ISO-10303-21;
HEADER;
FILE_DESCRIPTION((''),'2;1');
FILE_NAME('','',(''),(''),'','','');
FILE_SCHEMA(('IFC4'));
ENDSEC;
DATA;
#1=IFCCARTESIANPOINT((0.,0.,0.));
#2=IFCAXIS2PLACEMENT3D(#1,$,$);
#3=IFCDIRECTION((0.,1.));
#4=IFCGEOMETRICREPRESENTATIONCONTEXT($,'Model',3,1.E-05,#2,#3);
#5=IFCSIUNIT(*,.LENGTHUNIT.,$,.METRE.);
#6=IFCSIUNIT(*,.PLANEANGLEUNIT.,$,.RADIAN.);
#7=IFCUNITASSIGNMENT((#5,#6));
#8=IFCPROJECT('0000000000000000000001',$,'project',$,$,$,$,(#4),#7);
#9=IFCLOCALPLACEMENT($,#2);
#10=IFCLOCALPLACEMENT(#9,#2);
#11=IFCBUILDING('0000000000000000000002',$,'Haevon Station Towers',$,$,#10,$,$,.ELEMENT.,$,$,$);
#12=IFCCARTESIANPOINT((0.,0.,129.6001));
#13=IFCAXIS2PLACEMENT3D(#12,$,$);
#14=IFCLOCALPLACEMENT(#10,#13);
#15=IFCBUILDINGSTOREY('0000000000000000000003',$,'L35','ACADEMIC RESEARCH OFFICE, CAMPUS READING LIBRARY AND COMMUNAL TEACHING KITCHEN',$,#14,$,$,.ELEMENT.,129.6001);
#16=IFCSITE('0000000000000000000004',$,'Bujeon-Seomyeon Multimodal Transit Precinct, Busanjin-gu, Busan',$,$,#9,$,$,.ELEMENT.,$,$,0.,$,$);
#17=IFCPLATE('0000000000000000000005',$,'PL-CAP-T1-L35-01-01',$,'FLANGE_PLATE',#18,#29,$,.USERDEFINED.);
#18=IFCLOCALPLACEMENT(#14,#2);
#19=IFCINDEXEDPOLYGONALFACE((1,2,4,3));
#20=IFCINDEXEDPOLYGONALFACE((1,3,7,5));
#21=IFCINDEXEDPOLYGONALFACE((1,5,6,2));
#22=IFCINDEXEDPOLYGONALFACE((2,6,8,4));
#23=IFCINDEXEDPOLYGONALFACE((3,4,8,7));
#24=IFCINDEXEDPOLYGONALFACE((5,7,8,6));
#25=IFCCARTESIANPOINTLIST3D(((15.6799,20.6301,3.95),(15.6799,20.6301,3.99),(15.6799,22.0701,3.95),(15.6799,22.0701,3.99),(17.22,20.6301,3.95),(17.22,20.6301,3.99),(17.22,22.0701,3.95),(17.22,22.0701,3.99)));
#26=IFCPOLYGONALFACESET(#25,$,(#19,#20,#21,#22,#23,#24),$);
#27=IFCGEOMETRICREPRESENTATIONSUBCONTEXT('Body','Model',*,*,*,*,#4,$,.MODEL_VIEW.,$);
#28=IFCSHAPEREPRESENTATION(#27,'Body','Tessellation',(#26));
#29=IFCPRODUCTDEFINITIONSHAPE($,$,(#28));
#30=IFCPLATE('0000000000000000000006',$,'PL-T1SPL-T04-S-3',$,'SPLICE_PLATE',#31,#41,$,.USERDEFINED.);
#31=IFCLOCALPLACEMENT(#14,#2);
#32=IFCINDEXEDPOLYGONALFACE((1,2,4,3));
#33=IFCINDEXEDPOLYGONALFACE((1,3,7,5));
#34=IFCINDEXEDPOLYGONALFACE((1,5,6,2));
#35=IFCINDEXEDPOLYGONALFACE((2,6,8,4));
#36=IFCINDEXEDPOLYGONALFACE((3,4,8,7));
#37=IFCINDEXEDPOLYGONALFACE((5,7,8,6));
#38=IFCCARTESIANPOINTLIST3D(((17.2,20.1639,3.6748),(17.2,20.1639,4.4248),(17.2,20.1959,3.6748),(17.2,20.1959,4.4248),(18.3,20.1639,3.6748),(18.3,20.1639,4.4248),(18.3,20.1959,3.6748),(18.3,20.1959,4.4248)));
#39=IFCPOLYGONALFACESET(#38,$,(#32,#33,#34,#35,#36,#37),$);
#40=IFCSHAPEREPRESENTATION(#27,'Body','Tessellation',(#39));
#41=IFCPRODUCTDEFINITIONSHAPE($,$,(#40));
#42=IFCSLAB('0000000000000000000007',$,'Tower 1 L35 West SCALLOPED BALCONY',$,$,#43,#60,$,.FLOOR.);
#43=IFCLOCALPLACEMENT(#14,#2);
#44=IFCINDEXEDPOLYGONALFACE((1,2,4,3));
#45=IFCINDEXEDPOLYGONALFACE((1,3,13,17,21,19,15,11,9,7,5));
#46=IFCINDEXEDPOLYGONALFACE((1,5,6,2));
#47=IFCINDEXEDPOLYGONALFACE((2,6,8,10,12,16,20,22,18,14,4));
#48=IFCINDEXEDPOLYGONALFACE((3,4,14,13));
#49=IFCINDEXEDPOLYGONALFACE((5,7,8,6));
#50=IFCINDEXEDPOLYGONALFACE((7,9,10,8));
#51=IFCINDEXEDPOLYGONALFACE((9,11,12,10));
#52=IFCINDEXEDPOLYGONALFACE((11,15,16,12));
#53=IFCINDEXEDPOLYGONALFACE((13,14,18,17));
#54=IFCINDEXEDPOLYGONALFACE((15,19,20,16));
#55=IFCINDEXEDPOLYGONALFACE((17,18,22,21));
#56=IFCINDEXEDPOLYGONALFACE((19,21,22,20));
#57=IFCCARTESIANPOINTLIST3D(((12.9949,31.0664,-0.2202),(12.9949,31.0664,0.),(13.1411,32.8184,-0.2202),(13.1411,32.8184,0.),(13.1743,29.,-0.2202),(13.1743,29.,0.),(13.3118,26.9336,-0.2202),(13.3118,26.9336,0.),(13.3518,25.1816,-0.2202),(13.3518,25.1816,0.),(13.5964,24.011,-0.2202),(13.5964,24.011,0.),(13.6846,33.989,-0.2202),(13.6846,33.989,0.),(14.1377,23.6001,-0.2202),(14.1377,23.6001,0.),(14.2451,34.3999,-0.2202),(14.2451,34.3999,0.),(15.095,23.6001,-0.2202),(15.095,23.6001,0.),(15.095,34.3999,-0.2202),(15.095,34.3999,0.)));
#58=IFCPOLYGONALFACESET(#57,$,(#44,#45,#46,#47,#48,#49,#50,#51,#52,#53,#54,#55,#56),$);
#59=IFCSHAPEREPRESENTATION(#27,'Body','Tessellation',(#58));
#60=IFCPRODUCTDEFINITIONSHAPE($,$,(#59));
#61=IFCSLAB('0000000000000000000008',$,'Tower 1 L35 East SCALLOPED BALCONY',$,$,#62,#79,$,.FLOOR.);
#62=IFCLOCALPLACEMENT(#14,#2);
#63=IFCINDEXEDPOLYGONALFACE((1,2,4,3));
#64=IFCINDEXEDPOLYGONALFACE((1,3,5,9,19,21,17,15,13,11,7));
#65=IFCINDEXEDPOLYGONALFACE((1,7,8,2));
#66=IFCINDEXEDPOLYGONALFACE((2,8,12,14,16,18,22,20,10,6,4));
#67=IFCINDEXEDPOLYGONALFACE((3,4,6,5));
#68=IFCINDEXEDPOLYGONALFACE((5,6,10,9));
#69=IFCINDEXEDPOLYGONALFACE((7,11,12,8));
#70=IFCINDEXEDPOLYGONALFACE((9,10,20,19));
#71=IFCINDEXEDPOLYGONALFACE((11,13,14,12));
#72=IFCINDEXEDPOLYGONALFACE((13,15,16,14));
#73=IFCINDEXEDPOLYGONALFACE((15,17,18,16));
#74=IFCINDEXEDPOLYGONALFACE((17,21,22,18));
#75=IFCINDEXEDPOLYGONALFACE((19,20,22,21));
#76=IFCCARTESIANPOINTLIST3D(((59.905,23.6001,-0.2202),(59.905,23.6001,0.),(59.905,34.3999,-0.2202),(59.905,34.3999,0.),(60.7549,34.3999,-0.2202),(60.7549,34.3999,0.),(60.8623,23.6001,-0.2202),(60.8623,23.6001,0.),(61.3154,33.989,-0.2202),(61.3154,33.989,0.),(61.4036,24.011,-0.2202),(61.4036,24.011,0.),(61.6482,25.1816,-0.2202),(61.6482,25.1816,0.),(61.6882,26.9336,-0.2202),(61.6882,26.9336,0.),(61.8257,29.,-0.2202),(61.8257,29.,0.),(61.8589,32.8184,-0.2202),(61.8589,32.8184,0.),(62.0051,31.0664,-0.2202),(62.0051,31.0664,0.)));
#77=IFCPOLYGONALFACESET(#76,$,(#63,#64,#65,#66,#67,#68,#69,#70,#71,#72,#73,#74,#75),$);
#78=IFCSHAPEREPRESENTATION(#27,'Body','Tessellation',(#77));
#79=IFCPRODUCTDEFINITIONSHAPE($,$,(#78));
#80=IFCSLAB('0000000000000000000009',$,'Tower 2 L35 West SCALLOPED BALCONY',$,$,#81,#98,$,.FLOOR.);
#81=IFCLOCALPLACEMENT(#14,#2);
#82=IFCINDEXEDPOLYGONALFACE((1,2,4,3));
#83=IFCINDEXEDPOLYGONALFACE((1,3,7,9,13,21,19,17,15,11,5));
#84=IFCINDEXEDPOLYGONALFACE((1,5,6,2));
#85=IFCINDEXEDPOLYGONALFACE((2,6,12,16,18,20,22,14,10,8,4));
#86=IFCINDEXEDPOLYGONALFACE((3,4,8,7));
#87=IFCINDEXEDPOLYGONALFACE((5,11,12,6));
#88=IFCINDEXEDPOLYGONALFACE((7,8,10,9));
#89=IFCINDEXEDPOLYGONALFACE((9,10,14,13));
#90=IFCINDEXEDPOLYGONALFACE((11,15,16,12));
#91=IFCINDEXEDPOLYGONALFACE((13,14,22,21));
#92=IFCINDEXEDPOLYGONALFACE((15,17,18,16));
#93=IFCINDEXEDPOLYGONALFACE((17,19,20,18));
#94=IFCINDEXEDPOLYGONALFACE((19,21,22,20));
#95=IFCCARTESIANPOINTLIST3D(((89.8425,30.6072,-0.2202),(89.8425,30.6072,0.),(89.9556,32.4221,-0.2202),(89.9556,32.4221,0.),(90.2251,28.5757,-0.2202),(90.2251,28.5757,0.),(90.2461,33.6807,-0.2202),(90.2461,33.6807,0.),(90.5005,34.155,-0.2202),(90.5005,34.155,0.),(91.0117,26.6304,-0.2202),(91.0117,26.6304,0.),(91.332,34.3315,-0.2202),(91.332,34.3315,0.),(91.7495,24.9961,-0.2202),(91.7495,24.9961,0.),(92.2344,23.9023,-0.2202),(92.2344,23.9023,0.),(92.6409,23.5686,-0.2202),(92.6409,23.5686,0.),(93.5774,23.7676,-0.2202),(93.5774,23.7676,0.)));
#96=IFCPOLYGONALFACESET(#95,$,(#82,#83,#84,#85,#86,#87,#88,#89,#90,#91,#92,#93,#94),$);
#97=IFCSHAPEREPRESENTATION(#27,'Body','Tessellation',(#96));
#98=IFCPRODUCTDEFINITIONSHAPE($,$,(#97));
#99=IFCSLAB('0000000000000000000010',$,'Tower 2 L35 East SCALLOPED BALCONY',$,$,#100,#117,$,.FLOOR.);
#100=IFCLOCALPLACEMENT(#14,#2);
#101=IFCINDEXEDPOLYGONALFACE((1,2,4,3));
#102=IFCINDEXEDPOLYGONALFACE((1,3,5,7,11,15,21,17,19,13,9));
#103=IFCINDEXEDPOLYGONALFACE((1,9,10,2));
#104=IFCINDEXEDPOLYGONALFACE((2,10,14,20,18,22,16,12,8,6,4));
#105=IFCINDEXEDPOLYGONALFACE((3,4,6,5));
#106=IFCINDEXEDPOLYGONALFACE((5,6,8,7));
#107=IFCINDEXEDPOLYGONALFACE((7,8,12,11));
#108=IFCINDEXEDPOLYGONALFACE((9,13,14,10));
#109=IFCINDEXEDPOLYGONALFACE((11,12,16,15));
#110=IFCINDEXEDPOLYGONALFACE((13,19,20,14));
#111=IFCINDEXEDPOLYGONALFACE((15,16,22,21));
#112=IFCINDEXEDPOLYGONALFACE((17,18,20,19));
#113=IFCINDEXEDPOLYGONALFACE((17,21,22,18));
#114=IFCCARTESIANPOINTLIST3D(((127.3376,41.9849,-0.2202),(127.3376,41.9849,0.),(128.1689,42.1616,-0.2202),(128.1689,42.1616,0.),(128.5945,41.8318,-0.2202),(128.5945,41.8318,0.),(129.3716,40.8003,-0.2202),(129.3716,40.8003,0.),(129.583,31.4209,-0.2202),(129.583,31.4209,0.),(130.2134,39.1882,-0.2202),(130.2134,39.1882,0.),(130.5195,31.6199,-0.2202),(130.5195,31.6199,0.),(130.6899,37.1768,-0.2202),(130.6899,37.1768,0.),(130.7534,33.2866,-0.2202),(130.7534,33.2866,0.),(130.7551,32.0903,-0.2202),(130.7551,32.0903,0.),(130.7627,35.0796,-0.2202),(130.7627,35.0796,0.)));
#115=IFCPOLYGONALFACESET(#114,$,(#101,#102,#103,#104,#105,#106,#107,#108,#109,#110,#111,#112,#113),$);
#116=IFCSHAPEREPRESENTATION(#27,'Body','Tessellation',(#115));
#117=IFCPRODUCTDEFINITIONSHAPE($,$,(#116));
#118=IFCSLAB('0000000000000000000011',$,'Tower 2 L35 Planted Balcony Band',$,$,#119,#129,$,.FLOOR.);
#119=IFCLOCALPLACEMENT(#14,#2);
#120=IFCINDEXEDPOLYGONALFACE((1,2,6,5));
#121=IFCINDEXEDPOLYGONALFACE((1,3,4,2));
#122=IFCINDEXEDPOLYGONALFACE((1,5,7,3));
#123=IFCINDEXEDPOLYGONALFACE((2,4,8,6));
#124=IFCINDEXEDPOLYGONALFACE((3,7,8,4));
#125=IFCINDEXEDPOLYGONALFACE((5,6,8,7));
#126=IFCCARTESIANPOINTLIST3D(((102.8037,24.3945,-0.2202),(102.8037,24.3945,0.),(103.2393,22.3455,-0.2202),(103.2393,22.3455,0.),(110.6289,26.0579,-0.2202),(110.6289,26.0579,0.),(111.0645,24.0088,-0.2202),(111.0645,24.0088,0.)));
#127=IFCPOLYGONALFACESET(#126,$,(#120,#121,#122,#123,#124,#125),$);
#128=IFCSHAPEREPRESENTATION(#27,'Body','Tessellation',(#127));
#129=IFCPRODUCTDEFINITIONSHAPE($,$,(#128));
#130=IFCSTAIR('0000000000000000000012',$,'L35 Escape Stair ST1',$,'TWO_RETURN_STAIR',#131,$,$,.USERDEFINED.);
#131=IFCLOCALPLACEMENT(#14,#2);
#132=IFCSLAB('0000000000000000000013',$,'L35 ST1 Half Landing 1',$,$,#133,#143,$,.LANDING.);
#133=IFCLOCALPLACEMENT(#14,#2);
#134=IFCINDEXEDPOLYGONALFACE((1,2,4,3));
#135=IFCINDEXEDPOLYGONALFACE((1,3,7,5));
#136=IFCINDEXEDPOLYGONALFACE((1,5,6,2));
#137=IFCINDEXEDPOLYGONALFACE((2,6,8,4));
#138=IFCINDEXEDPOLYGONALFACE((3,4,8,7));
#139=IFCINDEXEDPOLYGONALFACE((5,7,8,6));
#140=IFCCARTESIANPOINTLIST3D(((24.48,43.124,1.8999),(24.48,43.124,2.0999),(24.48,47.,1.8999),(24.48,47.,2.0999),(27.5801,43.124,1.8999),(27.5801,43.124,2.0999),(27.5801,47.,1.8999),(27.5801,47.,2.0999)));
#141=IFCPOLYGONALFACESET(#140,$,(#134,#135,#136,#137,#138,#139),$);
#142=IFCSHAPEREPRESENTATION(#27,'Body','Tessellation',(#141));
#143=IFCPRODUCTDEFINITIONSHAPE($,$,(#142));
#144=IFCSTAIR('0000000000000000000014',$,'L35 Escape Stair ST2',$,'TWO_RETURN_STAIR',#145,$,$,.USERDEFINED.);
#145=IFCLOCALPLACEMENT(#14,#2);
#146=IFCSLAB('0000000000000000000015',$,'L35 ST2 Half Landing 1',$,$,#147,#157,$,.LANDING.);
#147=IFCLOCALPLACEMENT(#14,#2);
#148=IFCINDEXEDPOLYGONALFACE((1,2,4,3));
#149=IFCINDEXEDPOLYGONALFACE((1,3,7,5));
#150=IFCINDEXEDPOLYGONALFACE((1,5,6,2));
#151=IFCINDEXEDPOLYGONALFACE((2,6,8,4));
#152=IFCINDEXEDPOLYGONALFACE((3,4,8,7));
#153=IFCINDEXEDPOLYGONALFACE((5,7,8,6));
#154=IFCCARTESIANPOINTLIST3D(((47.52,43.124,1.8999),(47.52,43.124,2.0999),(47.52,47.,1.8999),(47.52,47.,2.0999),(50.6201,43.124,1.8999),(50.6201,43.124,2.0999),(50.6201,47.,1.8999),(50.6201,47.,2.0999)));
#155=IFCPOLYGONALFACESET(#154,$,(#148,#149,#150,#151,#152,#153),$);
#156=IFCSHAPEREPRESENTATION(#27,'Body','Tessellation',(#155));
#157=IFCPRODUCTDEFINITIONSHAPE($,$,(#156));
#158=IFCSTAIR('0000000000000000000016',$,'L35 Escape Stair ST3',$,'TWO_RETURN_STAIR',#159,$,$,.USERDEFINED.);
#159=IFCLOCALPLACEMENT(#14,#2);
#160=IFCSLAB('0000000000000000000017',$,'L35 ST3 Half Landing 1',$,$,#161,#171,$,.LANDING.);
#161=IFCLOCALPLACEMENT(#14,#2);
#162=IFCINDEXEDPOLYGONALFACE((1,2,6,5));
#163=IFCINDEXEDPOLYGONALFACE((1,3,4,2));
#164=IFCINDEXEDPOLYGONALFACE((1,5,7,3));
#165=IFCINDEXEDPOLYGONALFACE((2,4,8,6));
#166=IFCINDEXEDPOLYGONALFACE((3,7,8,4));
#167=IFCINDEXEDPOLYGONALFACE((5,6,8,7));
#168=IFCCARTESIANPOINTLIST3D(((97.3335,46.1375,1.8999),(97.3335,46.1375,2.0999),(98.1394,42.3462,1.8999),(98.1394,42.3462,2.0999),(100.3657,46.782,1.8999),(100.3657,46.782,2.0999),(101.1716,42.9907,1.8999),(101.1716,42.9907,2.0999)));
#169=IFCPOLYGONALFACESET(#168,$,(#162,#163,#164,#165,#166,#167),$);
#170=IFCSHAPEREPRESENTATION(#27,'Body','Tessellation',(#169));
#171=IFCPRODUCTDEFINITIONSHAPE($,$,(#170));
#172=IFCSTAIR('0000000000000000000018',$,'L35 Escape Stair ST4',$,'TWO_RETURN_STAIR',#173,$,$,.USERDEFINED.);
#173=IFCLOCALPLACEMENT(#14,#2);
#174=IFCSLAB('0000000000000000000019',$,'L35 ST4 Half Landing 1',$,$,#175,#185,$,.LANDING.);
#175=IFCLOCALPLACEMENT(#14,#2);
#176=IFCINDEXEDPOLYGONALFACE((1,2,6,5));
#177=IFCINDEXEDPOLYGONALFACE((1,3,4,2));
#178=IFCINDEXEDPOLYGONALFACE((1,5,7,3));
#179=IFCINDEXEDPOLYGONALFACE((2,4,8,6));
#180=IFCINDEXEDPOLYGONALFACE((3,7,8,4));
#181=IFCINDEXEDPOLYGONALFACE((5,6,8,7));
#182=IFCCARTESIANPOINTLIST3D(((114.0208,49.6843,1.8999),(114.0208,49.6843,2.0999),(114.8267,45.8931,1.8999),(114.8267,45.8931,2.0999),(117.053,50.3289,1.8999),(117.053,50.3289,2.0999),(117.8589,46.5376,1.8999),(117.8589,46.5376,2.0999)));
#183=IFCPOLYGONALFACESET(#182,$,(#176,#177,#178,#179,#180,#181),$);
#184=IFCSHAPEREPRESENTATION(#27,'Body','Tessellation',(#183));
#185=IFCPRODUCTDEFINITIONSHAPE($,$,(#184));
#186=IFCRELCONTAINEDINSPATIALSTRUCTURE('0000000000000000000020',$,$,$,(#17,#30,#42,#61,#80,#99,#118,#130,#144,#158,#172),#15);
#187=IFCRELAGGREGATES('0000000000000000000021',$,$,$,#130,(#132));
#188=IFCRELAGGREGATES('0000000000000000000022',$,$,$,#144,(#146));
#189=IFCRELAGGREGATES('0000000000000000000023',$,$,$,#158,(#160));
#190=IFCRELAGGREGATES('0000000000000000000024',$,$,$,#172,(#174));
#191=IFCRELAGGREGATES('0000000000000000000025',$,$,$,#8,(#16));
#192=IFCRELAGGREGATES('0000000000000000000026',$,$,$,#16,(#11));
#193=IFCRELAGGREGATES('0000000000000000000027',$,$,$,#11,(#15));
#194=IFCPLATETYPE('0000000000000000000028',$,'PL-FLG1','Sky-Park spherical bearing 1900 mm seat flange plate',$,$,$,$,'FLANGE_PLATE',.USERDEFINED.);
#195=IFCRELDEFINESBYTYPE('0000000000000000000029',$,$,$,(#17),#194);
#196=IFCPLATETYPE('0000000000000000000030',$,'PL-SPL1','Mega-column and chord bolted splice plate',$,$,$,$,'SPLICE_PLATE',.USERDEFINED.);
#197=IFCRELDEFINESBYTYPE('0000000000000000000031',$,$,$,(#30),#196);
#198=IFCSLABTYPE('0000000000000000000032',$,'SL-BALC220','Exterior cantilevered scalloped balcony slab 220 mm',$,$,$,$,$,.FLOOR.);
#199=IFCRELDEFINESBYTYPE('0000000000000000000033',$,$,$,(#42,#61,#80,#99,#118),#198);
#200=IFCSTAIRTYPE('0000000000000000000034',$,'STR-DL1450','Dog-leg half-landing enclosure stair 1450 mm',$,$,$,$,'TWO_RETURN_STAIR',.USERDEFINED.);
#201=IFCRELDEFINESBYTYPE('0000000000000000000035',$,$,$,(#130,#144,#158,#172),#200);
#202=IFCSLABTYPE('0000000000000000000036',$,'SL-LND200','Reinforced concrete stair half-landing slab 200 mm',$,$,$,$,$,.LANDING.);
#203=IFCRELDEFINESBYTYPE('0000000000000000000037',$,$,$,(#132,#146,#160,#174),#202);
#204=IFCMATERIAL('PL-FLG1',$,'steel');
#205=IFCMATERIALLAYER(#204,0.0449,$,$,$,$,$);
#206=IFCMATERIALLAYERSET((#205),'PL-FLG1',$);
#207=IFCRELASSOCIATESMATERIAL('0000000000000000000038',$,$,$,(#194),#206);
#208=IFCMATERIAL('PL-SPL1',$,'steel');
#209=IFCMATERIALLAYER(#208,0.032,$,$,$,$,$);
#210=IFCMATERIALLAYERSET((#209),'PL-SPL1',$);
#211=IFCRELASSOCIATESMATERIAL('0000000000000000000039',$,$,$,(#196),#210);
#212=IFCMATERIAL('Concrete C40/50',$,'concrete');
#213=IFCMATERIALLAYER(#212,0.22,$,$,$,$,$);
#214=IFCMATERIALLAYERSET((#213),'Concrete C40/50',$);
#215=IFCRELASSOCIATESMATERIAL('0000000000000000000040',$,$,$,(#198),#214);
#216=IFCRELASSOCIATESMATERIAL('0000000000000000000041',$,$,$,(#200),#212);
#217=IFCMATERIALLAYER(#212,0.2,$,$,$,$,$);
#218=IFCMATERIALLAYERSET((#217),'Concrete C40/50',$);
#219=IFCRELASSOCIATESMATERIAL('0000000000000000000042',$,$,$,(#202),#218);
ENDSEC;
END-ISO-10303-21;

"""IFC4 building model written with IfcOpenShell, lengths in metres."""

from ifc_helpers import new_model, si_unit, direction, frame, origin, origin_2d, place, context, subcontext, project, spatial, polyline, rectangle, outline, extrude, material, layer, layer_set, type_object, element, aggregate, save


model = new_model("IFC4")

# Units and contexts
model_context = context("Model", 3, precision=1e-05, world=origin(), true_north=direction((0.0, 1.0)))
body_context = subcontext(model_context, "Body", "Model", "MODEL_VIEW")
ifc_project = project(units=[si_unit("LENGTHUNIT", "METRE"), si_unit("PLANEANGLEUNIT", "RADIAN")], contexts=[model_context])

# Site, building, storey
site_placement = place(None, origin())
site = spatial("IfcSite", under=ifc_project, at=site_placement, Name="Bujeon-Seomyeon Multimodal Transit Precinct, Busanjin-gu, Busan", CompositionType="ELEMENT", RefElevation=0.0)
building_placement = place(site_placement, origin())
building = spatial("IfcBuilding", under=site, at=building_placement, Name="Haevon Station Towers", CompositionType="ELEMENT")
storey_placement = place(building_placement, frame((0.0, 0.0, 129.6001)))
storey = spatial("IfcBuildingStorey", under=building, at=storey_placement, Name="L35", Description="ACADEMIC RESEARCH OFFICE, CAMPUS READING LIBRARY AND COMMUNAL TEACHING KITCHEN", CompositionType="ELEMENT", Elevation=129.6001)

# Plates
ifc_material_1 = material(Name="PL-FLG1", Category="steel")
ifc_layer_1 = layer(ifc_material_1, 0.0449)
ifc_layer_set_1 = layer_set([ifc_layer_1], Name="PL-FLG1")
plate_type_1 = type_object("IfcPlateType", Name="PL-FLG1", Description="Sky-Park spherical bearing 1900 mm seat flange plate", ElementType="FLANGE_PLATE", PredefinedType="USERDEFINED", material=ifc_layer_set_1)
plate_1_placement = place(storey_placement, frame((16.45, 21.3501, 3.95), z_axis=(0.0, 0.0, 1.0), x_axis=(1.0, 0.0, 0.0)))
element("IfcPlate", 1, at=plate_1_placement, inside=storey, type_object=plate_type_1, Name="PL-CAP-T1-L35-01-01", ObjectType="FLANGE_PLATE", PredefinedType="USERDEFINED", context=body_context, shape_type="SweptSolid", body=[
    extrude(rectangle(XDim=1.54, YDim=1.4399, at=origin_2d()), origin(), (0.0, 0.0, 1.0), 0.04),
])
ifc_material_2 = material(Name="PL-SPL1", Category="steel")
ifc_layer_2 = layer(ifc_material_2, 0.032)
ifc_layer_set_2 = layer_set([ifc_layer_2], Name="PL-SPL1")
plate_type_2 = type_object("IfcPlateType", Name="PL-SPL1", Description="Mega-column and chord bolted splice plate", ElementType="SPLICE_PLATE", PredefinedType="USERDEFINED", material=ifc_layer_set_2)
plate_2_placement = place(storey_placement, frame((17.75, 20.1799, 3.6748), z_axis=(0.0, 0.0, 1.0), x_axis=(1.0, 0.0, 0.0)))
element("IfcPlate", 2, at=plate_2_placement, inside=storey, type_object=plate_type_2, Name="PL-T1SPL-T04-S-3", ObjectType="SPLICE_PLATE", PredefinedType="USERDEFINED", context=body_context, shape_type="SweptSolid", body=[
    extrude(rectangle(XDim=1.1001, YDim=0.032, at=origin_2d()), origin(), (0.0, 0.0, 1.0), 0.75),
])

# Slabs
ifc_material_3 = material(Name="Concrete C40/50", Category="concrete")
ifc_layer_3 = layer(ifc_material_3, 0.22)
ifc_layer_set_3 = layer_set([ifc_layer_3], Name="Concrete C40/50")
slab_type_1 = type_object("IfcSlabType", Name="SL-BALC220", Description="Exterior cantilevered scalloped balcony slab 220 mm", PredefinedType="FLOOR", material=ifc_layer_set_3)
slab_1_placement = place(storey_placement, frame((0.0, 0.0, -0.2202)))
element("IfcSlab", 3, at=slab_1_placement, inside=storey, type_object=slab_type_1, Name="Tower 1 L35 West SCALLOPED BALCONY", PredefinedType="FLOOR", context=body_context, shape_type="SweptSolid", body=[
    extrude(outline(polyline([(15.095, 34.3999), (14.2451, 34.3999), (13.6846, 33.989), (13.1411, 32.8184), (12.9949, 31.0664), (13.1743, 29.0), (13.3118, 26.9336), (13.3518, 25.1816), (13.5964, 24.011), (14.1377, 23.6001), (15.095, 23.6001), (15.095, 34.3999)])), origin(), (0.0, 0.0, 1.0), 0.2202),
])
slab_2_placement = place(storey_placement, frame((0.0, 0.0, -0.2202)))
element("IfcSlab", 4, at=slab_2_placement, inside=storey, type_object=slab_type_1, Name="Tower 1 L35 East SCALLOPED BALCONY", PredefinedType="FLOOR", context=body_context, shape_type="SweptSolid", body=[
    extrude(outline(polyline([(59.905, 23.6001), (60.8623, 23.6001), (61.4036, 24.011), (61.6482, 25.1816), (61.6882, 26.9336), (61.8257, 29.0), (62.0051, 31.0664), (61.8589, 32.8184), (61.3154, 33.989), (60.7549, 34.3999), (59.905, 34.3999), (59.905, 23.6001)])), origin(), (0.0, 0.0, 1.0), 0.2202),
])
slab_3_placement = place(storey_placement, frame((0.0, 0.0, -0.2202)))
element("IfcSlab", 5, at=slab_3_placement, inside=storey, type_object=slab_type_1, Name="Tower 2 L35 West SCALLOPED BALCONY", PredefinedType="FLOOR", context=body_context, shape_type="SweptSolid", body=[
    extrude(outline(polyline([(91.332, 34.3315), (90.5005, 34.155), (90.2461, 33.6807), (89.9556, 32.4221), (89.8425, 30.6072), (90.2251, 28.5757), (91.0117, 26.6304), (91.7495, 24.9961), (92.2344, 23.9023), (92.6409, 23.5686), (93.5774, 23.7676), (91.332, 34.3315)])), origin(), (0.0, 0.0, 1.0), 0.2202),
])
slab_4_placement = place(storey_placement, frame((0.0, 0.0, -0.2202)))
element("IfcSlab", 6, at=slab_4_placement, inside=storey, type_object=slab_type_1, Name="Tower 2 L35 East SCALLOPED BALCONY", PredefinedType="FLOOR", context=body_context, shape_type="SweptSolid", body=[
    extrude(outline(polyline([(129.583, 31.4209), (130.5195, 31.6199), (130.7551, 32.0903), (130.7534, 33.2866), (130.7627, 35.0796), (130.6899, 37.1768), (130.2134, 39.1882), (129.3716, 40.8003), (128.5945, 41.8318), (128.1689, 42.1616), (127.3376, 41.9849), (129.583, 31.4209)])), origin(), (0.0, 0.0, 1.0), 0.2202),
])
slab_5_placement = place(storey_placement, frame((0.0, 0.0, -0.2202)))
element("IfcSlab", 7, at=slab_5_placement, inside=storey, type_object=slab_type_1, Name="Tower 2 L35 Planted Balcony Band", PredefinedType="FLOOR", context=body_context, shape_type="SweptSolid", body=[
    extrude(outline(polyline([(103.2393, 22.3455), (111.0645, 24.0088), (110.6289, 26.0579), (102.8037, 24.3945), (103.2393, 22.3455)])), origin(), (0.0, 0.0, 1.0), 0.2202),
])

# Stairs, slabs
stair_type = type_object("IfcStairType", Name="STR-DL1450", Description="Dog-leg half-landing enclosure stair 1450 mm", ElementType="TWO_RETURN_STAIR", PredefinedType="USERDEFINED", material=ifc_material_3)
stair_1_placement = place(storey_placement, origin())
stair_1 = element("IfcStair", 8, at=stair_1_placement, inside=storey, type_object=stair_type, Name="L35 Escape Stair ST1", ObjectType="TWO_RETURN_STAIR", PredefinedType="USERDEFINED")
ifc_layer_4 = layer(ifc_material_3, 0.2)
ifc_layer_set_4 = layer_set([ifc_layer_4], Name="Concrete C40/50")
slab_type_2 = type_object("IfcSlabType", Name="SL-LND200", Description="Reinforced concrete stair half-landing slab 200 mm", PredefinedType="LANDING", material=ifc_layer_set_4)
slab_6_placement = place(storey_placement, frame((0.0, 0.0, 1.8999)))
slab_6 = element("IfcSlab", 9, at=slab_6_placement, type_object=slab_type_2, Name="L35 ST1 Half Landing 1", PredefinedType="LANDING", context=body_context, shape_type="SweptSolid", body=[
    extrude(outline(polyline([(27.5801, 43.124), (27.5801, 47.0), (24.48, 47.0), (24.48, 43.124), (27.5801, 43.124)])), origin(), (0.0, 0.0, 1.0), 0.2),
])
aggregate(stair_1, [slab_6])
stair_2_placement = place(storey_placement, origin())
stair_2 = element("IfcStair", 10, at=stair_2_placement, inside=storey, type_object=stair_type, Name="L35 Escape Stair ST2", ObjectType="TWO_RETURN_STAIR", PredefinedType="USERDEFINED")
slab_7_placement = place(storey_placement, frame((0.0, 0.0, 1.8999)))
slab_7 = element("IfcSlab", 11, at=slab_7_placement, type_object=slab_type_2, Name="L35 ST2 Half Landing 1", PredefinedType="LANDING", context=body_context, shape_type="SweptSolid", body=[
    extrude(outline(polyline([(50.6201, 43.124), (50.6201, 47.0), (47.52, 47.0), (47.52, 43.124), (50.6201, 43.124)])), origin(), (0.0, 0.0, 1.0), 0.2),
])
aggregate(stair_2, [slab_7])
stair_3_placement = place(storey_placement, origin())
stair_3 = element("IfcStair", 12, at=stair_3_placement, inside=storey, type_object=stair_type, Name="L35 Escape Stair ST3", ObjectType="TWO_RETURN_STAIR", PredefinedType="USERDEFINED")
slab_8_placement = place(storey_placement, frame((0.0, 0.0, 1.8999)))
slab_8 = element("IfcSlab", 13, at=slab_8_placement, type_object=slab_type_2, Name="L35 ST3 Half Landing 1", PredefinedType="LANDING", context=body_context, shape_type="SweptSolid", body=[
    extrude(outline(polyline([(101.1716, 42.9907), (100.3657, 46.782), (97.3335, 46.1375), (98.1394, 42.3462), (101.1716, 42.9907)])), origin(), (0.0, 0.0, 1.0), 0.2),
])
aggregate(stair_3, [slab_8])
stair_4_placement = place(storey_placement, origin())
stair_4 = element("IfcStair", 14, at=stair_4_placement, inside=storey, type_object=stair_type, Name="L35 Escape Stair ST4", ObjectType="TWO_RETURN_STAIR", PredefinedType="USERDEFINED")
slab_9_placement = place(storey_placement, frame((0.0, 0.0, 1.8999)))
slab_9 = element("IfcSlab", 15, at=slab_9_placement, type_object=slab_type_2, Name="L35 ST4 Half Landing 1", PredefinedType="LANDING", context=body_context, shape_type="SweptSolid", body=[
    extrude(outline(polyline([(117.8589, 46.5376), (117.053, 50.3289), (114.0208, 49.6843), (114.8267, 45.8931), (117.8589, 46.5376)])), origin(), (0.0, 0.0, 1.0), 0.2),
])
aggregate(stair_4, [slab_9])

save(model, "model.ifc")
